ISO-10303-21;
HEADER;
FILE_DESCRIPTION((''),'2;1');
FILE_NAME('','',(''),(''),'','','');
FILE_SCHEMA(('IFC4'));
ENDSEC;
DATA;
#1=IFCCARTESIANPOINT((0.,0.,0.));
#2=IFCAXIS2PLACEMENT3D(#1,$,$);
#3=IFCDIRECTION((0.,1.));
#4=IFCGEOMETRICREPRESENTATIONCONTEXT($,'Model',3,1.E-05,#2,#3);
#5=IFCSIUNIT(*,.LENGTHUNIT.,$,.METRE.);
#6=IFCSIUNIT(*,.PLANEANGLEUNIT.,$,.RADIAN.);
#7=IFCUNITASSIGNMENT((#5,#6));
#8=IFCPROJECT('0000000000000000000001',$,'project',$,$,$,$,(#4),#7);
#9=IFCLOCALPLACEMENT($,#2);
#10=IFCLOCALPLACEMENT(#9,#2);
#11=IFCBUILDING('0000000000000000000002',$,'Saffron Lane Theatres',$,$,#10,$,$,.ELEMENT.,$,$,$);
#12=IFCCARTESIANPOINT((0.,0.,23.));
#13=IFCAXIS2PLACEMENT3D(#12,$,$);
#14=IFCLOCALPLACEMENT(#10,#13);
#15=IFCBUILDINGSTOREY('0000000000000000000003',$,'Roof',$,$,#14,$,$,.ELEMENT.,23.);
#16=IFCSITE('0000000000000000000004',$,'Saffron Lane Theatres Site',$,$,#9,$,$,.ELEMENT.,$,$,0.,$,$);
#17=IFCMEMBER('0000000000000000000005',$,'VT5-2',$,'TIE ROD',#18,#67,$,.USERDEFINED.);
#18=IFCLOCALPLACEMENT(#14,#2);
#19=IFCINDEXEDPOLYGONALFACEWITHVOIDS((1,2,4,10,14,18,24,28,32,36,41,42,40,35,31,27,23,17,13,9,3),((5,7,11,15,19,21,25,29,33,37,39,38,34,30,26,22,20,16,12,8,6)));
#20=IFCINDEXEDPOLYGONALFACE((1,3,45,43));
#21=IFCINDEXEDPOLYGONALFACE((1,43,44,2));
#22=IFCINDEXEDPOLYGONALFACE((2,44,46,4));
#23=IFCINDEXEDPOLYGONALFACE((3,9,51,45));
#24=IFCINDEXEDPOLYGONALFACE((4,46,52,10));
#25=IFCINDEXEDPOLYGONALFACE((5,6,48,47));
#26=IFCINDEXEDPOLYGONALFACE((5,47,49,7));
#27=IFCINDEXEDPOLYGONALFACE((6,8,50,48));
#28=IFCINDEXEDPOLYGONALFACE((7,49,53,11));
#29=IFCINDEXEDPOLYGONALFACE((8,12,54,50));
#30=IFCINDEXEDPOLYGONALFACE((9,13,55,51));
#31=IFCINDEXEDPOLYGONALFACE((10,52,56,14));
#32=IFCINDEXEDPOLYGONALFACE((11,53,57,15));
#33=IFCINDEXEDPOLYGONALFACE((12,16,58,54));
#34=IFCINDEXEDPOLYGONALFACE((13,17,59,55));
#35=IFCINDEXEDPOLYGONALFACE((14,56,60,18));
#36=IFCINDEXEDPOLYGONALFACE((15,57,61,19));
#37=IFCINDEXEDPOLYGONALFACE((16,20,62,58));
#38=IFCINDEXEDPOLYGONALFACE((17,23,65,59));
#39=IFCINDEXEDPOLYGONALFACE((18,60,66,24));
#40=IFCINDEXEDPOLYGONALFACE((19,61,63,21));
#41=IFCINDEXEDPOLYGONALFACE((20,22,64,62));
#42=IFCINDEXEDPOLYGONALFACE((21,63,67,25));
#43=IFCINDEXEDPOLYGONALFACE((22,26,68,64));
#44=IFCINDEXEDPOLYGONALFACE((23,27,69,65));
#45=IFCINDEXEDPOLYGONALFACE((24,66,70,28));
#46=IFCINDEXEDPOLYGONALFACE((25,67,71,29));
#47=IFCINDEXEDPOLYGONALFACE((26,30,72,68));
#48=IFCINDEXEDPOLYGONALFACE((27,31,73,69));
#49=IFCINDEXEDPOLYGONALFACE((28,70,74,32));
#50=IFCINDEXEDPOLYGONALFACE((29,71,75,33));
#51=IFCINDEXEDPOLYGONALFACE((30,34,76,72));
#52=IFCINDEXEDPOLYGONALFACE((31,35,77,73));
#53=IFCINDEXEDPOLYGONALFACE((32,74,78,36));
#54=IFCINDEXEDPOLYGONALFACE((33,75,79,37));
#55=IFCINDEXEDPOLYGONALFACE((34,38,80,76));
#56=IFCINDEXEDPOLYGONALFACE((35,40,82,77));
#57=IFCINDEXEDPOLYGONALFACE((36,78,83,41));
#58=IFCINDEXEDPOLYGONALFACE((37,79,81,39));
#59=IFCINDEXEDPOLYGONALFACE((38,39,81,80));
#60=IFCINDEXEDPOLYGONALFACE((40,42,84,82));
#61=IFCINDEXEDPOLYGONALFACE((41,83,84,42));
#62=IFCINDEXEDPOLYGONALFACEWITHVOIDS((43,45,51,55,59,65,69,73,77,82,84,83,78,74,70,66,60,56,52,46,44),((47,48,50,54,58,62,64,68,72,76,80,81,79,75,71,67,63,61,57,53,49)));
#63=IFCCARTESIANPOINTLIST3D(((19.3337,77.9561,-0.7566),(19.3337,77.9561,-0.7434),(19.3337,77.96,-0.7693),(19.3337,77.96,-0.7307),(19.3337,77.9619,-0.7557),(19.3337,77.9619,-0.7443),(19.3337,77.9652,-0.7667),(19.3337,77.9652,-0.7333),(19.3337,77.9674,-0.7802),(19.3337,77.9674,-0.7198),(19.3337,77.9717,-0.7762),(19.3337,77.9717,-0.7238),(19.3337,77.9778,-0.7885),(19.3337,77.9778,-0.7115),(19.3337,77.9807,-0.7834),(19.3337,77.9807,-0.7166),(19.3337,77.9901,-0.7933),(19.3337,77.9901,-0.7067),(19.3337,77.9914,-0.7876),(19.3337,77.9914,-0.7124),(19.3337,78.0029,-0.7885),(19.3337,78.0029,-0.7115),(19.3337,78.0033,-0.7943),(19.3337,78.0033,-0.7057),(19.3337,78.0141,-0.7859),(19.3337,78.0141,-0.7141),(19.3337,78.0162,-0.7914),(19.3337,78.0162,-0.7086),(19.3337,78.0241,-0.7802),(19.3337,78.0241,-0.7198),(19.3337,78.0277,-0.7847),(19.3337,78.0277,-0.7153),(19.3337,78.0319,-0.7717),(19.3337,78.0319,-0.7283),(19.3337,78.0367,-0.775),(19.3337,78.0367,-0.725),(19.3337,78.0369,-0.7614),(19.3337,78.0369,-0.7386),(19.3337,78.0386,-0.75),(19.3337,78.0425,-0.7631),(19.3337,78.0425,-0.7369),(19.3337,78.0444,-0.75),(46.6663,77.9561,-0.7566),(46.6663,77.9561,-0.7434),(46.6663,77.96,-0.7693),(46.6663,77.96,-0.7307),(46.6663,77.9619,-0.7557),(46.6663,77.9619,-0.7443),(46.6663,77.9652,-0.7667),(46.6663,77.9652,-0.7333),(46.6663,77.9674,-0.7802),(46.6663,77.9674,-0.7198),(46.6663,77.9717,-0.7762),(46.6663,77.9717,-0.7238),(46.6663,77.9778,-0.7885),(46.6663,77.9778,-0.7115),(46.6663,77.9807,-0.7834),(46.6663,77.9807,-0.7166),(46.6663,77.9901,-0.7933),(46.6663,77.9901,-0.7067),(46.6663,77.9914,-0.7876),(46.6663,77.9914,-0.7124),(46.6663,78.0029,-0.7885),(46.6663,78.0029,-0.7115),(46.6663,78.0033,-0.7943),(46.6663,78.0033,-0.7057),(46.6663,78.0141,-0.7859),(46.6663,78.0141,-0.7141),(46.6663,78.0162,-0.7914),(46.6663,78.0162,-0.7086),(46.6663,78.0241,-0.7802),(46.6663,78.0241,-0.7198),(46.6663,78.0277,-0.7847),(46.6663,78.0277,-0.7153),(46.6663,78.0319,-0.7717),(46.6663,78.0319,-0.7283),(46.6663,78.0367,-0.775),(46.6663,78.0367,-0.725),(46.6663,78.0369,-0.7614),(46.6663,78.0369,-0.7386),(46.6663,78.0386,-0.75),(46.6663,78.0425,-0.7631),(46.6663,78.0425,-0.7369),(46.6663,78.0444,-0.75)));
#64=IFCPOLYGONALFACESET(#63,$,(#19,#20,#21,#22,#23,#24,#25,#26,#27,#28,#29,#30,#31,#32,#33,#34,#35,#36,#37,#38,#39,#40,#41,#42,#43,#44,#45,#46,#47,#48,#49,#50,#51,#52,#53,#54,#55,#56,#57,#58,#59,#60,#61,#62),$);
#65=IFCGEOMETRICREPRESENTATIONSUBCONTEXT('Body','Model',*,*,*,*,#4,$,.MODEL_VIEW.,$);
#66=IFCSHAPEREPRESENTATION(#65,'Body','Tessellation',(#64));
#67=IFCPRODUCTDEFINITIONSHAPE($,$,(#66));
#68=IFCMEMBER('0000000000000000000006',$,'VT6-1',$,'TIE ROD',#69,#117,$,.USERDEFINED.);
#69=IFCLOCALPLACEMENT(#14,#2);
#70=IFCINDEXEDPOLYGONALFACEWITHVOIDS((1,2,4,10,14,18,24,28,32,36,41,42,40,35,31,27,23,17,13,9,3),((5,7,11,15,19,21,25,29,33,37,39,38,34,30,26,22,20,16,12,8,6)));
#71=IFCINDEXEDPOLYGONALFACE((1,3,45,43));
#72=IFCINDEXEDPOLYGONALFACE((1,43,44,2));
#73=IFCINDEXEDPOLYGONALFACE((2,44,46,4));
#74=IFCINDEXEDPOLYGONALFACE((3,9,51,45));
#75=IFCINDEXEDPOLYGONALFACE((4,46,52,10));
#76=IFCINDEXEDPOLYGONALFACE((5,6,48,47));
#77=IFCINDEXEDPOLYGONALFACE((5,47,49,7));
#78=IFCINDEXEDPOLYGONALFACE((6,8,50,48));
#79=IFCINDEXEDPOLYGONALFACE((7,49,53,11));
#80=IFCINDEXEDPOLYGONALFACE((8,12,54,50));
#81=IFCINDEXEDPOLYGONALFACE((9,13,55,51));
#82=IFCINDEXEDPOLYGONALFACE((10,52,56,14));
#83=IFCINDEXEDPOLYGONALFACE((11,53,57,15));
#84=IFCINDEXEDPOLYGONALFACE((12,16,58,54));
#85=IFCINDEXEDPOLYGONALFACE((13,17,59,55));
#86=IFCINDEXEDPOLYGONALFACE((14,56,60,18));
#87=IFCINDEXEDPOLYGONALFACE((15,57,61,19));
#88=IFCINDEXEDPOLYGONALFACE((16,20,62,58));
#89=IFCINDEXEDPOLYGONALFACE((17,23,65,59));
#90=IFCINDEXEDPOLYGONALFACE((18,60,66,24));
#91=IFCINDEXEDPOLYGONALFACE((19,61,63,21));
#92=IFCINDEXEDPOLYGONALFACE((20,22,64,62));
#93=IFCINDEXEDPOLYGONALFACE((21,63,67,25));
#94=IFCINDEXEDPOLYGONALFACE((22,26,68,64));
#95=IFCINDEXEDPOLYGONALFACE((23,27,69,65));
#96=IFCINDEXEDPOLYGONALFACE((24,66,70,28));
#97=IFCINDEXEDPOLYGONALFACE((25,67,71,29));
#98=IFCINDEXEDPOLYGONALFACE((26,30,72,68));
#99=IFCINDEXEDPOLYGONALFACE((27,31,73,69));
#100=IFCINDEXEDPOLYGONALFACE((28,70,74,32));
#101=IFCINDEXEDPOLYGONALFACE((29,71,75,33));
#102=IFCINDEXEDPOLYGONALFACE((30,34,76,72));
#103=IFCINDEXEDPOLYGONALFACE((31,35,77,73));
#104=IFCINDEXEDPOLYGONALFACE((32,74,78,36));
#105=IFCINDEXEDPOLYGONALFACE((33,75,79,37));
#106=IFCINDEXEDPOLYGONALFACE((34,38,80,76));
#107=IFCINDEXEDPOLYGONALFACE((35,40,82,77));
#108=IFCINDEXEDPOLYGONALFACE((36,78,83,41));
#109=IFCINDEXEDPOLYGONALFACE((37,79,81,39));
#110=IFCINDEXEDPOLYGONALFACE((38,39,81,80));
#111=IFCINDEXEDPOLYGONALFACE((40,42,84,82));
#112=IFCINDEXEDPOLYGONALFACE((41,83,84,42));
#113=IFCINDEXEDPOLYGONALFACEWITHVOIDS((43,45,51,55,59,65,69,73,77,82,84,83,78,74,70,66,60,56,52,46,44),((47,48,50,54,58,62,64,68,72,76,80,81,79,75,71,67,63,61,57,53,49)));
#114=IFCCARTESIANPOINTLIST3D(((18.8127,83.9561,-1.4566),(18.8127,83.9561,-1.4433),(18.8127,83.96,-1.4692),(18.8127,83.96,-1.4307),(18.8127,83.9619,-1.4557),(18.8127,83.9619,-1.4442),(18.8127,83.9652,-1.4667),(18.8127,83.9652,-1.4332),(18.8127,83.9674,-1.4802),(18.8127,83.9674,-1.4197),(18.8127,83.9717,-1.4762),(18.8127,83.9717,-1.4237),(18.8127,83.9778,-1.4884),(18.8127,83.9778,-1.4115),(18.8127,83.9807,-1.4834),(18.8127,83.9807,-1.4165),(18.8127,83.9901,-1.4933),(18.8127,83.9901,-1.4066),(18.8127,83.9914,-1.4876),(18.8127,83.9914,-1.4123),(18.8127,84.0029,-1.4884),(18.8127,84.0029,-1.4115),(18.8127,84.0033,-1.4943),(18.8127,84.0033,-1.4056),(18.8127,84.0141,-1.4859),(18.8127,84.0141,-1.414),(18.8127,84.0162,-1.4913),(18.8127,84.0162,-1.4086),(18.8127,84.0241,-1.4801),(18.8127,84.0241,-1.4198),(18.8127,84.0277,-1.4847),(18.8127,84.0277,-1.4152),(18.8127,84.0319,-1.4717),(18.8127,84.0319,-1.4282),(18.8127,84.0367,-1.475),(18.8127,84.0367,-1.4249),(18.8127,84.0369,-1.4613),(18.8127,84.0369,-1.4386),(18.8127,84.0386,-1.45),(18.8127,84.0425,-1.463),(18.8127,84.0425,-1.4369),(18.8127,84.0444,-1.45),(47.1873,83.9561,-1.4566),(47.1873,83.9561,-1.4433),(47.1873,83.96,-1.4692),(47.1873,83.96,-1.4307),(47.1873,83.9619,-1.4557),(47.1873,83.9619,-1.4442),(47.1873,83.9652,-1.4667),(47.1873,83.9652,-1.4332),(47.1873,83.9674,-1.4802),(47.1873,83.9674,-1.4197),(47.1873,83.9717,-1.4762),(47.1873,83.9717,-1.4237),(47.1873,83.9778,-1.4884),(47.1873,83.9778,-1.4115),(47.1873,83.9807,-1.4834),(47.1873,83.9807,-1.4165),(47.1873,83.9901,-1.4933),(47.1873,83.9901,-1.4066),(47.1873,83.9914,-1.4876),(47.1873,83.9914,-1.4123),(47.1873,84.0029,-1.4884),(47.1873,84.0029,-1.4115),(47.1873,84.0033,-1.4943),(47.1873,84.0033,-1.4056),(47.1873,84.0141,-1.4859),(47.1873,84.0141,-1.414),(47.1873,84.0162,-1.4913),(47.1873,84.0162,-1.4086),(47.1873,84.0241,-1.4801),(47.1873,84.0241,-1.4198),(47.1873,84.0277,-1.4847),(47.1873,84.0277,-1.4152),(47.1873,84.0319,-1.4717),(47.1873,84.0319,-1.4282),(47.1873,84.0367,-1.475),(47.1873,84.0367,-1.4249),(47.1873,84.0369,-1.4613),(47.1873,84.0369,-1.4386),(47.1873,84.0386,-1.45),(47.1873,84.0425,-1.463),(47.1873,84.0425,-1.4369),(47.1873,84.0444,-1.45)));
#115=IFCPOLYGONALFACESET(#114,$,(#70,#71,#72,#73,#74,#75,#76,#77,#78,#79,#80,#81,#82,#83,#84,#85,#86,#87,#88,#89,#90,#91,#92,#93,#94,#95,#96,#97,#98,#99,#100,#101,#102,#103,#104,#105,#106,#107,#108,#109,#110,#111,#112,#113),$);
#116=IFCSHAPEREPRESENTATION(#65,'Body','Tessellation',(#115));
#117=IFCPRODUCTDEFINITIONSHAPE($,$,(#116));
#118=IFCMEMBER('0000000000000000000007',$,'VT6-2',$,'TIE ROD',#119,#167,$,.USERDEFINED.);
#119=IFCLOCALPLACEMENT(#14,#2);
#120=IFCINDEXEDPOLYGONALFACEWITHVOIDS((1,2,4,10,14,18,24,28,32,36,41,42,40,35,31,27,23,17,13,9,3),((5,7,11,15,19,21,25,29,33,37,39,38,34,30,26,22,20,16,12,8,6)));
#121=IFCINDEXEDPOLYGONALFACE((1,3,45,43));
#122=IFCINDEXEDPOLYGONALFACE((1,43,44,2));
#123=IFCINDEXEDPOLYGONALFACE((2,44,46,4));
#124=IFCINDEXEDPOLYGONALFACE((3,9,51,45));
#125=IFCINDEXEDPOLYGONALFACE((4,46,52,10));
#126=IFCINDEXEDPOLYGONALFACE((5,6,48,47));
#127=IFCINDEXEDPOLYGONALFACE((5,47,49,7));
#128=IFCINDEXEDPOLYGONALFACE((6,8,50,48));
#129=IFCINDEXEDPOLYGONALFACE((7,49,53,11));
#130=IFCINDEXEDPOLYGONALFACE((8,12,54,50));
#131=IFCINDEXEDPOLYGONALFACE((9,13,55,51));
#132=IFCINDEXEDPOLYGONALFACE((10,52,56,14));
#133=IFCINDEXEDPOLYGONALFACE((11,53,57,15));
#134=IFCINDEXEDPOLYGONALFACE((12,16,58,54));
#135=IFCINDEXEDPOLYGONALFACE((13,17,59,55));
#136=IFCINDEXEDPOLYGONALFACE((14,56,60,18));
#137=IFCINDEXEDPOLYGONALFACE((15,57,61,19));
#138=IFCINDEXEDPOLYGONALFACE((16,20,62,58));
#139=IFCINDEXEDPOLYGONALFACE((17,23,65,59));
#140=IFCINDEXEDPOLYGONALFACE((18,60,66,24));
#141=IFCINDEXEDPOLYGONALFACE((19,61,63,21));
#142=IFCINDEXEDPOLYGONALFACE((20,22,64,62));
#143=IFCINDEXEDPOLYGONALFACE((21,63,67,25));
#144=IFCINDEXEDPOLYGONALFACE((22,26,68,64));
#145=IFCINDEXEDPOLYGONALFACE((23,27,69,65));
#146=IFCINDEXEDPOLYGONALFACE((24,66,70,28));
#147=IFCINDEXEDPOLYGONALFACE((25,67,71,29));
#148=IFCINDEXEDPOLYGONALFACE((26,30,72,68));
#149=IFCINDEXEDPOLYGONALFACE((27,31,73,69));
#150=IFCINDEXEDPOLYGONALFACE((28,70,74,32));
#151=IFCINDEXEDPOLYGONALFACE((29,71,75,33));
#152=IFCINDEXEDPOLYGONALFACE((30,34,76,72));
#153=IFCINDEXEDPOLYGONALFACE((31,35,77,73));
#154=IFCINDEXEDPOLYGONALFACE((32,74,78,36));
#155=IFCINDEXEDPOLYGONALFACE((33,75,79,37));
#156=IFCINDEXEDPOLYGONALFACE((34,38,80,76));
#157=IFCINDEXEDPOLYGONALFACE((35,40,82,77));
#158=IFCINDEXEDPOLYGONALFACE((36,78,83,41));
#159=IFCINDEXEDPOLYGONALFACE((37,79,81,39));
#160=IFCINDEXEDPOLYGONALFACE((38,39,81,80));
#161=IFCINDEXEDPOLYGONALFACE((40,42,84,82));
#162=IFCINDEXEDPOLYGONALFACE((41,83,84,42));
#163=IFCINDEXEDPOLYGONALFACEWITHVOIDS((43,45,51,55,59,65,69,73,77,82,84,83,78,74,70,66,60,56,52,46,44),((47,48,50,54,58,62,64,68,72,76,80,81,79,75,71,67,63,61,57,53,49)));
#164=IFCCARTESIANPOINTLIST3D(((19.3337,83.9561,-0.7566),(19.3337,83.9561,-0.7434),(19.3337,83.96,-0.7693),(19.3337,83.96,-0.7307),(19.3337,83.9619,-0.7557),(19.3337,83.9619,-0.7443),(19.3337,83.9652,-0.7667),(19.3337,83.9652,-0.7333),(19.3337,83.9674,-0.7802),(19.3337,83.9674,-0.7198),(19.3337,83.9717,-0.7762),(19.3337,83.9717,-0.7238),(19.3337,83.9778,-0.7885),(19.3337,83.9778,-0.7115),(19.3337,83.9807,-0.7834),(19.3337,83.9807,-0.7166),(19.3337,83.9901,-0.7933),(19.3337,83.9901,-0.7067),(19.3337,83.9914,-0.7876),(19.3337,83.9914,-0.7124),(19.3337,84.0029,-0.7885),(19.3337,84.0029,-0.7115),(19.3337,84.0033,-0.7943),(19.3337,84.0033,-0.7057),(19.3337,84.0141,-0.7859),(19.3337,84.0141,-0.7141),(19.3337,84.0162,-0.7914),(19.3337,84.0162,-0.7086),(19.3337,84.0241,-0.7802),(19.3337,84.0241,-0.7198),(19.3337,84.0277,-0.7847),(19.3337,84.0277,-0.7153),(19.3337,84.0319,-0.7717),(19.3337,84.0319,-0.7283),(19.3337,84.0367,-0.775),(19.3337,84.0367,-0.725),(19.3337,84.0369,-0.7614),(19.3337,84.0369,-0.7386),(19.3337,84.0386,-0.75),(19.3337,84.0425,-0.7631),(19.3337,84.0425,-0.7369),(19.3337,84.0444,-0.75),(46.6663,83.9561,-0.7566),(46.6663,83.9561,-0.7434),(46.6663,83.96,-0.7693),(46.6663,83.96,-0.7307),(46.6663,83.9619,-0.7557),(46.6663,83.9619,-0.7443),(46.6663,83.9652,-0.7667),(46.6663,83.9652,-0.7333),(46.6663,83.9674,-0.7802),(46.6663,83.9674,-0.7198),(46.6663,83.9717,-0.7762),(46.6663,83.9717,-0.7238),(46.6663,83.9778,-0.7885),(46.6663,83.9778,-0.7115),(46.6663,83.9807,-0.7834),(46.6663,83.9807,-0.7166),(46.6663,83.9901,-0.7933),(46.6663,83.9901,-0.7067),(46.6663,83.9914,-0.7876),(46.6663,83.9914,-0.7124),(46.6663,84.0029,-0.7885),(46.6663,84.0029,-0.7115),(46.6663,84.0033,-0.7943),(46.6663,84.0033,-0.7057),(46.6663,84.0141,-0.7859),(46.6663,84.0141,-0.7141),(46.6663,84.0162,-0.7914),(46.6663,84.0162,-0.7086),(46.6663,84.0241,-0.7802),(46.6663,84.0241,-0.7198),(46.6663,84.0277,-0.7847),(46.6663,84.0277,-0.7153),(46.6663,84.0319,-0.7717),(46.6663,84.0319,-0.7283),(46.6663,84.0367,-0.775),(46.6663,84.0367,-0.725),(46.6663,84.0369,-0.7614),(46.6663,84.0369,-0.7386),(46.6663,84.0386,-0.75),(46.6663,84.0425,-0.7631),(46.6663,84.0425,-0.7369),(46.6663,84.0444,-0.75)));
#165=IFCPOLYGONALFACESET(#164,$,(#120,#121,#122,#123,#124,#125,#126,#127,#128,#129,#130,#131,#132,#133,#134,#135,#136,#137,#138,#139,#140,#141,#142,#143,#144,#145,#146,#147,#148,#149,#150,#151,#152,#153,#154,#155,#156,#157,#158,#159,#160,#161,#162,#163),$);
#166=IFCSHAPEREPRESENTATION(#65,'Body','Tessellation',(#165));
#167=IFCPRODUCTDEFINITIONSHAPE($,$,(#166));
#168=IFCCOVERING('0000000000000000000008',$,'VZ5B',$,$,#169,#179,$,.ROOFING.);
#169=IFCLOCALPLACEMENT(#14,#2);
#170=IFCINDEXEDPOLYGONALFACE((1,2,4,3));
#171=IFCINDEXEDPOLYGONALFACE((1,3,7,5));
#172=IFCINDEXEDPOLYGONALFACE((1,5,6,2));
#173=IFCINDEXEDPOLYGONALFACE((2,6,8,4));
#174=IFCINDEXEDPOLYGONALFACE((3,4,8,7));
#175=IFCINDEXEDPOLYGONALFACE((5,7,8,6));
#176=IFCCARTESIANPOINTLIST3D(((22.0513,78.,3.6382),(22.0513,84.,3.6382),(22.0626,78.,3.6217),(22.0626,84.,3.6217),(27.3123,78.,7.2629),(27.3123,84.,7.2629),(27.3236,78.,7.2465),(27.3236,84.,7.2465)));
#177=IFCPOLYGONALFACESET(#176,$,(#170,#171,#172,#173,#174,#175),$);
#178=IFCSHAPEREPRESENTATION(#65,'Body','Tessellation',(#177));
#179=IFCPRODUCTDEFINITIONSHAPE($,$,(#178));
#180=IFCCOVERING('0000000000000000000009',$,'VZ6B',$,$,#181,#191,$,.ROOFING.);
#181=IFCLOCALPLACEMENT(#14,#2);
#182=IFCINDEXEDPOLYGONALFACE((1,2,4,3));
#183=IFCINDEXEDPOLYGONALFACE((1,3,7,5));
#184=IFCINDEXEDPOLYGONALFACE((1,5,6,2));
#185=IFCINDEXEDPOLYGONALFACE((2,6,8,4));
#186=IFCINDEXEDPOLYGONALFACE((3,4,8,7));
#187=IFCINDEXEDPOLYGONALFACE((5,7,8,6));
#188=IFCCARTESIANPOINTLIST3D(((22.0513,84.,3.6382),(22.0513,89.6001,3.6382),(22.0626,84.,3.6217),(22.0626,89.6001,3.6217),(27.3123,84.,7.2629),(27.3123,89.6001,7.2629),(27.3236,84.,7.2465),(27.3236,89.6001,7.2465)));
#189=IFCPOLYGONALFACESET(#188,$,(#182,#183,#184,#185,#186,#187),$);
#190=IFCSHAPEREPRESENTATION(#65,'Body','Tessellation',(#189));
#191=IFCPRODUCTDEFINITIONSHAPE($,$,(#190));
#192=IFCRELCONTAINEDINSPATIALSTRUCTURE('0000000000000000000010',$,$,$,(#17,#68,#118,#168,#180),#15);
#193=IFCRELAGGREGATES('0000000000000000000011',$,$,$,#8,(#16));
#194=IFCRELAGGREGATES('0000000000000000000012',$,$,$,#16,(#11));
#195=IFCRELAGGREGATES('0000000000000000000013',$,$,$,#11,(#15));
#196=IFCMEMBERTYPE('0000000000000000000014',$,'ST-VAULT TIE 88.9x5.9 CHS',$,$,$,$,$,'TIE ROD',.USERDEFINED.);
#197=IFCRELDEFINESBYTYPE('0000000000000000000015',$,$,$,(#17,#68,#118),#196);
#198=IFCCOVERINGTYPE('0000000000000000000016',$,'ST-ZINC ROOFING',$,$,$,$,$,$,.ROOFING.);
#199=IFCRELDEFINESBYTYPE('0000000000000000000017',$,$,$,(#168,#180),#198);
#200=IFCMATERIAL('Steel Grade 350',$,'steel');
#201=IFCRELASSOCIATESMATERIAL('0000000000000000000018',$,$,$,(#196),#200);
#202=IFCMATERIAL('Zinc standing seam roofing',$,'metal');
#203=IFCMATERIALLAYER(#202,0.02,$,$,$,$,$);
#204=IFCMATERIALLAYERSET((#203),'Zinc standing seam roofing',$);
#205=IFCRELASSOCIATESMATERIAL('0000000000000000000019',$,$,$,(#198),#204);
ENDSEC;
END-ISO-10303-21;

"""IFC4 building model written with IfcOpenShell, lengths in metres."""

from ifc_helpers import new_model, si_unit, direction, frame, origin, origin_2d, place, context, subcontext, project, spatial, polyline, hollow_circle, outline, extrude, material, layer, layer_set, material_profile, profile_set, type_object, element, save


model = new_model("IFC4")

# Units and contexts
model_context = context("Model", 3, precision=1e-05, world=origin(), true_north=direction((0.0, 1.0)))
body_context = subcontext(model_context, "Body", "Model", "MODEL_VIEW")
ifc_project = project(units=[si_unit("LENGTHUNIT", "METRE"), si_unit("PLANEANGLEUNIT", "RADIAN")], contexts=[model_context])

# Site, building, storey
site_placement = place(None, origin())
site = spatial("IfcSite", under=ifc_project, at=site_placement, Name="Saffron Lane Theatres Site", CompositionType="ELEMENT", RefElevation=0.0)
building_placement = place(site_placement, origin())
building = spatial("IfcBuilding", under=site, at=building_placement, Name="Saffron Lane Theatres", CompositionType="ELEMENT")
storey_placement = place(building_placement, frame((0.0, 0.0, 23.0)))
storey = spatial("IfcBuildingStorey", under=building, at=storey_placement, Name="Roof", CompositionType="ELEMENT", Elevation=23.0)

# Members
ifc_material_1 = material(Name="Steel Grade 350", Category="steel")
ifc_material_profile_1 = material_profile(ifc_material_1, hollow_circle(Radius=0.0444, WallThickness=0.0059, at=origin_2d()))
ifc_profile_set_1 = profile_set([ifc_material_profile_1], Name="Steel Grade 350")
member_type_1 = type_object("IfcMemberType", Name="ST-VAULT TIE 88.9x5.9 CHS", ElementType="TIE ROD", PredefinedType="USERDEFINED", material=ifc_profile_set_1)
member_1_placement = place(storey_placement, frame((19.3337, 78.0, -0.75), z_axis=(1.0, 0.0, 0.0), x_axis=(0.0, 1.0, 0.0)))
element("IfcMember", 1, at=member_1_placement, inside=storey, type_object=member_type_1, Name="VT5-2", ObjectType="TIE ROD", PredefinedType="USERDEFINED", context=body_context, shape_type="SweptSolid", body=[
    extrude(hollow_circle(Radius=0.0444, WallThickness=0.0059, at=origin_2d()), origin(), (0.0, 0.0, 1.0), 27.3325),
])
member_2_placement = place(storey_placement, frame((18.8127, 84.0, -1.45), z_axis=(1.0, 0.0, 0.0), x_axis=(0.0, 1.0, 0.0)))
element("IfcMember", 2, at=member_2_placement, inside=storey, type_object=member_type_1, Name="VT6-1", ObjectType="TIE ROD", PredefinedType="USERDEFINED", context=body_context, shape_type="SweptSolid", body=[
    extrude(hollow_circle(Radius=0.0444, WallThickness=0.0059, at=origin_2d()), origin(), (0.0, 0.0, 1.0), 28.3745),
])
member_3_placement = place(storey_placement, frame((19.3337, 84.0, -0.75), z_axis=(1.0, 0.0, 0.0), x_axis=(0.0, 1.0, 0.0)))
element("IfcMember", 3, at=member_3_placement, inside=storey, type_object=member_type_1, Name="VT6-2", ObjectType="TIE ROD", PredefinedType="USERDEFINED", context=body_context, shape_type="SweptSolid", body=[
    extrude(hollow_circle(Radius=0.0444, WallThickness=0.0059, at=origin_2d()), origin(), (0.0, 0.0, 1.0), 27.3325),
])

# Coverings
ifc_material_2 = material(Name="Zinc standing seam roofing", Category="metal")
ifc_layer = layer(ifc_material_2, 0.02)
ifc_layer_set = layer_set([ifc_layer], Name="Zinc standing seam roofing")
covering_type = type_object("IfcCoveringType", Name="ST-ZINC ROOFING", PredefinedType="ROOFING", material=ifc_layer_set)
covering_1_placement = place(storey_placement, frame((22.0513, 78.0, 3.6382), z_axis=(-0.567361, 0.0, 0.82347), x_axis=(0.82347, 0.0, 0.567361)))
element("IfcCovering", 4, at=covering_1_placement, inside=storey, type_object=covering_type, Name="VZ5B", PredefinedType="ROOFING", context=body_context, shape_type="SweptSolid", body=[
    extrude(outline(polyline([(0.0, 0.0), (6.3888, 0.0), (6.3888, 6.0), (0.0, 6.0), (0.0, 0.0)])), origin(), (0.0, 0.0, -1.0), 0.02),
])
covering_2_placement = place(storey_placement, frame((22.0513, 84.0, 3.6382), z_axis=(-0.567361, 0.0, 0.82347), x_axis=(0.82347, 0.0, 0.567361)))
element("IfcCovering", 5, at=covering_2_placement, inside=storey, type_object=covering_type, Name="VZ6B", PredefinedType="ROOFING", context=body_context, shape_type="SweptSolid", body=[
    extrude(outline(polyline([(0.0, 0.0), (6.3888, 0.0), (6.3888, 5.6001), (0.0, 5.6001), (0.0, 0.0)])), origin(), (0.0, 0.0, -1.0), 0.02),
])

save(model, "model.ifc")
